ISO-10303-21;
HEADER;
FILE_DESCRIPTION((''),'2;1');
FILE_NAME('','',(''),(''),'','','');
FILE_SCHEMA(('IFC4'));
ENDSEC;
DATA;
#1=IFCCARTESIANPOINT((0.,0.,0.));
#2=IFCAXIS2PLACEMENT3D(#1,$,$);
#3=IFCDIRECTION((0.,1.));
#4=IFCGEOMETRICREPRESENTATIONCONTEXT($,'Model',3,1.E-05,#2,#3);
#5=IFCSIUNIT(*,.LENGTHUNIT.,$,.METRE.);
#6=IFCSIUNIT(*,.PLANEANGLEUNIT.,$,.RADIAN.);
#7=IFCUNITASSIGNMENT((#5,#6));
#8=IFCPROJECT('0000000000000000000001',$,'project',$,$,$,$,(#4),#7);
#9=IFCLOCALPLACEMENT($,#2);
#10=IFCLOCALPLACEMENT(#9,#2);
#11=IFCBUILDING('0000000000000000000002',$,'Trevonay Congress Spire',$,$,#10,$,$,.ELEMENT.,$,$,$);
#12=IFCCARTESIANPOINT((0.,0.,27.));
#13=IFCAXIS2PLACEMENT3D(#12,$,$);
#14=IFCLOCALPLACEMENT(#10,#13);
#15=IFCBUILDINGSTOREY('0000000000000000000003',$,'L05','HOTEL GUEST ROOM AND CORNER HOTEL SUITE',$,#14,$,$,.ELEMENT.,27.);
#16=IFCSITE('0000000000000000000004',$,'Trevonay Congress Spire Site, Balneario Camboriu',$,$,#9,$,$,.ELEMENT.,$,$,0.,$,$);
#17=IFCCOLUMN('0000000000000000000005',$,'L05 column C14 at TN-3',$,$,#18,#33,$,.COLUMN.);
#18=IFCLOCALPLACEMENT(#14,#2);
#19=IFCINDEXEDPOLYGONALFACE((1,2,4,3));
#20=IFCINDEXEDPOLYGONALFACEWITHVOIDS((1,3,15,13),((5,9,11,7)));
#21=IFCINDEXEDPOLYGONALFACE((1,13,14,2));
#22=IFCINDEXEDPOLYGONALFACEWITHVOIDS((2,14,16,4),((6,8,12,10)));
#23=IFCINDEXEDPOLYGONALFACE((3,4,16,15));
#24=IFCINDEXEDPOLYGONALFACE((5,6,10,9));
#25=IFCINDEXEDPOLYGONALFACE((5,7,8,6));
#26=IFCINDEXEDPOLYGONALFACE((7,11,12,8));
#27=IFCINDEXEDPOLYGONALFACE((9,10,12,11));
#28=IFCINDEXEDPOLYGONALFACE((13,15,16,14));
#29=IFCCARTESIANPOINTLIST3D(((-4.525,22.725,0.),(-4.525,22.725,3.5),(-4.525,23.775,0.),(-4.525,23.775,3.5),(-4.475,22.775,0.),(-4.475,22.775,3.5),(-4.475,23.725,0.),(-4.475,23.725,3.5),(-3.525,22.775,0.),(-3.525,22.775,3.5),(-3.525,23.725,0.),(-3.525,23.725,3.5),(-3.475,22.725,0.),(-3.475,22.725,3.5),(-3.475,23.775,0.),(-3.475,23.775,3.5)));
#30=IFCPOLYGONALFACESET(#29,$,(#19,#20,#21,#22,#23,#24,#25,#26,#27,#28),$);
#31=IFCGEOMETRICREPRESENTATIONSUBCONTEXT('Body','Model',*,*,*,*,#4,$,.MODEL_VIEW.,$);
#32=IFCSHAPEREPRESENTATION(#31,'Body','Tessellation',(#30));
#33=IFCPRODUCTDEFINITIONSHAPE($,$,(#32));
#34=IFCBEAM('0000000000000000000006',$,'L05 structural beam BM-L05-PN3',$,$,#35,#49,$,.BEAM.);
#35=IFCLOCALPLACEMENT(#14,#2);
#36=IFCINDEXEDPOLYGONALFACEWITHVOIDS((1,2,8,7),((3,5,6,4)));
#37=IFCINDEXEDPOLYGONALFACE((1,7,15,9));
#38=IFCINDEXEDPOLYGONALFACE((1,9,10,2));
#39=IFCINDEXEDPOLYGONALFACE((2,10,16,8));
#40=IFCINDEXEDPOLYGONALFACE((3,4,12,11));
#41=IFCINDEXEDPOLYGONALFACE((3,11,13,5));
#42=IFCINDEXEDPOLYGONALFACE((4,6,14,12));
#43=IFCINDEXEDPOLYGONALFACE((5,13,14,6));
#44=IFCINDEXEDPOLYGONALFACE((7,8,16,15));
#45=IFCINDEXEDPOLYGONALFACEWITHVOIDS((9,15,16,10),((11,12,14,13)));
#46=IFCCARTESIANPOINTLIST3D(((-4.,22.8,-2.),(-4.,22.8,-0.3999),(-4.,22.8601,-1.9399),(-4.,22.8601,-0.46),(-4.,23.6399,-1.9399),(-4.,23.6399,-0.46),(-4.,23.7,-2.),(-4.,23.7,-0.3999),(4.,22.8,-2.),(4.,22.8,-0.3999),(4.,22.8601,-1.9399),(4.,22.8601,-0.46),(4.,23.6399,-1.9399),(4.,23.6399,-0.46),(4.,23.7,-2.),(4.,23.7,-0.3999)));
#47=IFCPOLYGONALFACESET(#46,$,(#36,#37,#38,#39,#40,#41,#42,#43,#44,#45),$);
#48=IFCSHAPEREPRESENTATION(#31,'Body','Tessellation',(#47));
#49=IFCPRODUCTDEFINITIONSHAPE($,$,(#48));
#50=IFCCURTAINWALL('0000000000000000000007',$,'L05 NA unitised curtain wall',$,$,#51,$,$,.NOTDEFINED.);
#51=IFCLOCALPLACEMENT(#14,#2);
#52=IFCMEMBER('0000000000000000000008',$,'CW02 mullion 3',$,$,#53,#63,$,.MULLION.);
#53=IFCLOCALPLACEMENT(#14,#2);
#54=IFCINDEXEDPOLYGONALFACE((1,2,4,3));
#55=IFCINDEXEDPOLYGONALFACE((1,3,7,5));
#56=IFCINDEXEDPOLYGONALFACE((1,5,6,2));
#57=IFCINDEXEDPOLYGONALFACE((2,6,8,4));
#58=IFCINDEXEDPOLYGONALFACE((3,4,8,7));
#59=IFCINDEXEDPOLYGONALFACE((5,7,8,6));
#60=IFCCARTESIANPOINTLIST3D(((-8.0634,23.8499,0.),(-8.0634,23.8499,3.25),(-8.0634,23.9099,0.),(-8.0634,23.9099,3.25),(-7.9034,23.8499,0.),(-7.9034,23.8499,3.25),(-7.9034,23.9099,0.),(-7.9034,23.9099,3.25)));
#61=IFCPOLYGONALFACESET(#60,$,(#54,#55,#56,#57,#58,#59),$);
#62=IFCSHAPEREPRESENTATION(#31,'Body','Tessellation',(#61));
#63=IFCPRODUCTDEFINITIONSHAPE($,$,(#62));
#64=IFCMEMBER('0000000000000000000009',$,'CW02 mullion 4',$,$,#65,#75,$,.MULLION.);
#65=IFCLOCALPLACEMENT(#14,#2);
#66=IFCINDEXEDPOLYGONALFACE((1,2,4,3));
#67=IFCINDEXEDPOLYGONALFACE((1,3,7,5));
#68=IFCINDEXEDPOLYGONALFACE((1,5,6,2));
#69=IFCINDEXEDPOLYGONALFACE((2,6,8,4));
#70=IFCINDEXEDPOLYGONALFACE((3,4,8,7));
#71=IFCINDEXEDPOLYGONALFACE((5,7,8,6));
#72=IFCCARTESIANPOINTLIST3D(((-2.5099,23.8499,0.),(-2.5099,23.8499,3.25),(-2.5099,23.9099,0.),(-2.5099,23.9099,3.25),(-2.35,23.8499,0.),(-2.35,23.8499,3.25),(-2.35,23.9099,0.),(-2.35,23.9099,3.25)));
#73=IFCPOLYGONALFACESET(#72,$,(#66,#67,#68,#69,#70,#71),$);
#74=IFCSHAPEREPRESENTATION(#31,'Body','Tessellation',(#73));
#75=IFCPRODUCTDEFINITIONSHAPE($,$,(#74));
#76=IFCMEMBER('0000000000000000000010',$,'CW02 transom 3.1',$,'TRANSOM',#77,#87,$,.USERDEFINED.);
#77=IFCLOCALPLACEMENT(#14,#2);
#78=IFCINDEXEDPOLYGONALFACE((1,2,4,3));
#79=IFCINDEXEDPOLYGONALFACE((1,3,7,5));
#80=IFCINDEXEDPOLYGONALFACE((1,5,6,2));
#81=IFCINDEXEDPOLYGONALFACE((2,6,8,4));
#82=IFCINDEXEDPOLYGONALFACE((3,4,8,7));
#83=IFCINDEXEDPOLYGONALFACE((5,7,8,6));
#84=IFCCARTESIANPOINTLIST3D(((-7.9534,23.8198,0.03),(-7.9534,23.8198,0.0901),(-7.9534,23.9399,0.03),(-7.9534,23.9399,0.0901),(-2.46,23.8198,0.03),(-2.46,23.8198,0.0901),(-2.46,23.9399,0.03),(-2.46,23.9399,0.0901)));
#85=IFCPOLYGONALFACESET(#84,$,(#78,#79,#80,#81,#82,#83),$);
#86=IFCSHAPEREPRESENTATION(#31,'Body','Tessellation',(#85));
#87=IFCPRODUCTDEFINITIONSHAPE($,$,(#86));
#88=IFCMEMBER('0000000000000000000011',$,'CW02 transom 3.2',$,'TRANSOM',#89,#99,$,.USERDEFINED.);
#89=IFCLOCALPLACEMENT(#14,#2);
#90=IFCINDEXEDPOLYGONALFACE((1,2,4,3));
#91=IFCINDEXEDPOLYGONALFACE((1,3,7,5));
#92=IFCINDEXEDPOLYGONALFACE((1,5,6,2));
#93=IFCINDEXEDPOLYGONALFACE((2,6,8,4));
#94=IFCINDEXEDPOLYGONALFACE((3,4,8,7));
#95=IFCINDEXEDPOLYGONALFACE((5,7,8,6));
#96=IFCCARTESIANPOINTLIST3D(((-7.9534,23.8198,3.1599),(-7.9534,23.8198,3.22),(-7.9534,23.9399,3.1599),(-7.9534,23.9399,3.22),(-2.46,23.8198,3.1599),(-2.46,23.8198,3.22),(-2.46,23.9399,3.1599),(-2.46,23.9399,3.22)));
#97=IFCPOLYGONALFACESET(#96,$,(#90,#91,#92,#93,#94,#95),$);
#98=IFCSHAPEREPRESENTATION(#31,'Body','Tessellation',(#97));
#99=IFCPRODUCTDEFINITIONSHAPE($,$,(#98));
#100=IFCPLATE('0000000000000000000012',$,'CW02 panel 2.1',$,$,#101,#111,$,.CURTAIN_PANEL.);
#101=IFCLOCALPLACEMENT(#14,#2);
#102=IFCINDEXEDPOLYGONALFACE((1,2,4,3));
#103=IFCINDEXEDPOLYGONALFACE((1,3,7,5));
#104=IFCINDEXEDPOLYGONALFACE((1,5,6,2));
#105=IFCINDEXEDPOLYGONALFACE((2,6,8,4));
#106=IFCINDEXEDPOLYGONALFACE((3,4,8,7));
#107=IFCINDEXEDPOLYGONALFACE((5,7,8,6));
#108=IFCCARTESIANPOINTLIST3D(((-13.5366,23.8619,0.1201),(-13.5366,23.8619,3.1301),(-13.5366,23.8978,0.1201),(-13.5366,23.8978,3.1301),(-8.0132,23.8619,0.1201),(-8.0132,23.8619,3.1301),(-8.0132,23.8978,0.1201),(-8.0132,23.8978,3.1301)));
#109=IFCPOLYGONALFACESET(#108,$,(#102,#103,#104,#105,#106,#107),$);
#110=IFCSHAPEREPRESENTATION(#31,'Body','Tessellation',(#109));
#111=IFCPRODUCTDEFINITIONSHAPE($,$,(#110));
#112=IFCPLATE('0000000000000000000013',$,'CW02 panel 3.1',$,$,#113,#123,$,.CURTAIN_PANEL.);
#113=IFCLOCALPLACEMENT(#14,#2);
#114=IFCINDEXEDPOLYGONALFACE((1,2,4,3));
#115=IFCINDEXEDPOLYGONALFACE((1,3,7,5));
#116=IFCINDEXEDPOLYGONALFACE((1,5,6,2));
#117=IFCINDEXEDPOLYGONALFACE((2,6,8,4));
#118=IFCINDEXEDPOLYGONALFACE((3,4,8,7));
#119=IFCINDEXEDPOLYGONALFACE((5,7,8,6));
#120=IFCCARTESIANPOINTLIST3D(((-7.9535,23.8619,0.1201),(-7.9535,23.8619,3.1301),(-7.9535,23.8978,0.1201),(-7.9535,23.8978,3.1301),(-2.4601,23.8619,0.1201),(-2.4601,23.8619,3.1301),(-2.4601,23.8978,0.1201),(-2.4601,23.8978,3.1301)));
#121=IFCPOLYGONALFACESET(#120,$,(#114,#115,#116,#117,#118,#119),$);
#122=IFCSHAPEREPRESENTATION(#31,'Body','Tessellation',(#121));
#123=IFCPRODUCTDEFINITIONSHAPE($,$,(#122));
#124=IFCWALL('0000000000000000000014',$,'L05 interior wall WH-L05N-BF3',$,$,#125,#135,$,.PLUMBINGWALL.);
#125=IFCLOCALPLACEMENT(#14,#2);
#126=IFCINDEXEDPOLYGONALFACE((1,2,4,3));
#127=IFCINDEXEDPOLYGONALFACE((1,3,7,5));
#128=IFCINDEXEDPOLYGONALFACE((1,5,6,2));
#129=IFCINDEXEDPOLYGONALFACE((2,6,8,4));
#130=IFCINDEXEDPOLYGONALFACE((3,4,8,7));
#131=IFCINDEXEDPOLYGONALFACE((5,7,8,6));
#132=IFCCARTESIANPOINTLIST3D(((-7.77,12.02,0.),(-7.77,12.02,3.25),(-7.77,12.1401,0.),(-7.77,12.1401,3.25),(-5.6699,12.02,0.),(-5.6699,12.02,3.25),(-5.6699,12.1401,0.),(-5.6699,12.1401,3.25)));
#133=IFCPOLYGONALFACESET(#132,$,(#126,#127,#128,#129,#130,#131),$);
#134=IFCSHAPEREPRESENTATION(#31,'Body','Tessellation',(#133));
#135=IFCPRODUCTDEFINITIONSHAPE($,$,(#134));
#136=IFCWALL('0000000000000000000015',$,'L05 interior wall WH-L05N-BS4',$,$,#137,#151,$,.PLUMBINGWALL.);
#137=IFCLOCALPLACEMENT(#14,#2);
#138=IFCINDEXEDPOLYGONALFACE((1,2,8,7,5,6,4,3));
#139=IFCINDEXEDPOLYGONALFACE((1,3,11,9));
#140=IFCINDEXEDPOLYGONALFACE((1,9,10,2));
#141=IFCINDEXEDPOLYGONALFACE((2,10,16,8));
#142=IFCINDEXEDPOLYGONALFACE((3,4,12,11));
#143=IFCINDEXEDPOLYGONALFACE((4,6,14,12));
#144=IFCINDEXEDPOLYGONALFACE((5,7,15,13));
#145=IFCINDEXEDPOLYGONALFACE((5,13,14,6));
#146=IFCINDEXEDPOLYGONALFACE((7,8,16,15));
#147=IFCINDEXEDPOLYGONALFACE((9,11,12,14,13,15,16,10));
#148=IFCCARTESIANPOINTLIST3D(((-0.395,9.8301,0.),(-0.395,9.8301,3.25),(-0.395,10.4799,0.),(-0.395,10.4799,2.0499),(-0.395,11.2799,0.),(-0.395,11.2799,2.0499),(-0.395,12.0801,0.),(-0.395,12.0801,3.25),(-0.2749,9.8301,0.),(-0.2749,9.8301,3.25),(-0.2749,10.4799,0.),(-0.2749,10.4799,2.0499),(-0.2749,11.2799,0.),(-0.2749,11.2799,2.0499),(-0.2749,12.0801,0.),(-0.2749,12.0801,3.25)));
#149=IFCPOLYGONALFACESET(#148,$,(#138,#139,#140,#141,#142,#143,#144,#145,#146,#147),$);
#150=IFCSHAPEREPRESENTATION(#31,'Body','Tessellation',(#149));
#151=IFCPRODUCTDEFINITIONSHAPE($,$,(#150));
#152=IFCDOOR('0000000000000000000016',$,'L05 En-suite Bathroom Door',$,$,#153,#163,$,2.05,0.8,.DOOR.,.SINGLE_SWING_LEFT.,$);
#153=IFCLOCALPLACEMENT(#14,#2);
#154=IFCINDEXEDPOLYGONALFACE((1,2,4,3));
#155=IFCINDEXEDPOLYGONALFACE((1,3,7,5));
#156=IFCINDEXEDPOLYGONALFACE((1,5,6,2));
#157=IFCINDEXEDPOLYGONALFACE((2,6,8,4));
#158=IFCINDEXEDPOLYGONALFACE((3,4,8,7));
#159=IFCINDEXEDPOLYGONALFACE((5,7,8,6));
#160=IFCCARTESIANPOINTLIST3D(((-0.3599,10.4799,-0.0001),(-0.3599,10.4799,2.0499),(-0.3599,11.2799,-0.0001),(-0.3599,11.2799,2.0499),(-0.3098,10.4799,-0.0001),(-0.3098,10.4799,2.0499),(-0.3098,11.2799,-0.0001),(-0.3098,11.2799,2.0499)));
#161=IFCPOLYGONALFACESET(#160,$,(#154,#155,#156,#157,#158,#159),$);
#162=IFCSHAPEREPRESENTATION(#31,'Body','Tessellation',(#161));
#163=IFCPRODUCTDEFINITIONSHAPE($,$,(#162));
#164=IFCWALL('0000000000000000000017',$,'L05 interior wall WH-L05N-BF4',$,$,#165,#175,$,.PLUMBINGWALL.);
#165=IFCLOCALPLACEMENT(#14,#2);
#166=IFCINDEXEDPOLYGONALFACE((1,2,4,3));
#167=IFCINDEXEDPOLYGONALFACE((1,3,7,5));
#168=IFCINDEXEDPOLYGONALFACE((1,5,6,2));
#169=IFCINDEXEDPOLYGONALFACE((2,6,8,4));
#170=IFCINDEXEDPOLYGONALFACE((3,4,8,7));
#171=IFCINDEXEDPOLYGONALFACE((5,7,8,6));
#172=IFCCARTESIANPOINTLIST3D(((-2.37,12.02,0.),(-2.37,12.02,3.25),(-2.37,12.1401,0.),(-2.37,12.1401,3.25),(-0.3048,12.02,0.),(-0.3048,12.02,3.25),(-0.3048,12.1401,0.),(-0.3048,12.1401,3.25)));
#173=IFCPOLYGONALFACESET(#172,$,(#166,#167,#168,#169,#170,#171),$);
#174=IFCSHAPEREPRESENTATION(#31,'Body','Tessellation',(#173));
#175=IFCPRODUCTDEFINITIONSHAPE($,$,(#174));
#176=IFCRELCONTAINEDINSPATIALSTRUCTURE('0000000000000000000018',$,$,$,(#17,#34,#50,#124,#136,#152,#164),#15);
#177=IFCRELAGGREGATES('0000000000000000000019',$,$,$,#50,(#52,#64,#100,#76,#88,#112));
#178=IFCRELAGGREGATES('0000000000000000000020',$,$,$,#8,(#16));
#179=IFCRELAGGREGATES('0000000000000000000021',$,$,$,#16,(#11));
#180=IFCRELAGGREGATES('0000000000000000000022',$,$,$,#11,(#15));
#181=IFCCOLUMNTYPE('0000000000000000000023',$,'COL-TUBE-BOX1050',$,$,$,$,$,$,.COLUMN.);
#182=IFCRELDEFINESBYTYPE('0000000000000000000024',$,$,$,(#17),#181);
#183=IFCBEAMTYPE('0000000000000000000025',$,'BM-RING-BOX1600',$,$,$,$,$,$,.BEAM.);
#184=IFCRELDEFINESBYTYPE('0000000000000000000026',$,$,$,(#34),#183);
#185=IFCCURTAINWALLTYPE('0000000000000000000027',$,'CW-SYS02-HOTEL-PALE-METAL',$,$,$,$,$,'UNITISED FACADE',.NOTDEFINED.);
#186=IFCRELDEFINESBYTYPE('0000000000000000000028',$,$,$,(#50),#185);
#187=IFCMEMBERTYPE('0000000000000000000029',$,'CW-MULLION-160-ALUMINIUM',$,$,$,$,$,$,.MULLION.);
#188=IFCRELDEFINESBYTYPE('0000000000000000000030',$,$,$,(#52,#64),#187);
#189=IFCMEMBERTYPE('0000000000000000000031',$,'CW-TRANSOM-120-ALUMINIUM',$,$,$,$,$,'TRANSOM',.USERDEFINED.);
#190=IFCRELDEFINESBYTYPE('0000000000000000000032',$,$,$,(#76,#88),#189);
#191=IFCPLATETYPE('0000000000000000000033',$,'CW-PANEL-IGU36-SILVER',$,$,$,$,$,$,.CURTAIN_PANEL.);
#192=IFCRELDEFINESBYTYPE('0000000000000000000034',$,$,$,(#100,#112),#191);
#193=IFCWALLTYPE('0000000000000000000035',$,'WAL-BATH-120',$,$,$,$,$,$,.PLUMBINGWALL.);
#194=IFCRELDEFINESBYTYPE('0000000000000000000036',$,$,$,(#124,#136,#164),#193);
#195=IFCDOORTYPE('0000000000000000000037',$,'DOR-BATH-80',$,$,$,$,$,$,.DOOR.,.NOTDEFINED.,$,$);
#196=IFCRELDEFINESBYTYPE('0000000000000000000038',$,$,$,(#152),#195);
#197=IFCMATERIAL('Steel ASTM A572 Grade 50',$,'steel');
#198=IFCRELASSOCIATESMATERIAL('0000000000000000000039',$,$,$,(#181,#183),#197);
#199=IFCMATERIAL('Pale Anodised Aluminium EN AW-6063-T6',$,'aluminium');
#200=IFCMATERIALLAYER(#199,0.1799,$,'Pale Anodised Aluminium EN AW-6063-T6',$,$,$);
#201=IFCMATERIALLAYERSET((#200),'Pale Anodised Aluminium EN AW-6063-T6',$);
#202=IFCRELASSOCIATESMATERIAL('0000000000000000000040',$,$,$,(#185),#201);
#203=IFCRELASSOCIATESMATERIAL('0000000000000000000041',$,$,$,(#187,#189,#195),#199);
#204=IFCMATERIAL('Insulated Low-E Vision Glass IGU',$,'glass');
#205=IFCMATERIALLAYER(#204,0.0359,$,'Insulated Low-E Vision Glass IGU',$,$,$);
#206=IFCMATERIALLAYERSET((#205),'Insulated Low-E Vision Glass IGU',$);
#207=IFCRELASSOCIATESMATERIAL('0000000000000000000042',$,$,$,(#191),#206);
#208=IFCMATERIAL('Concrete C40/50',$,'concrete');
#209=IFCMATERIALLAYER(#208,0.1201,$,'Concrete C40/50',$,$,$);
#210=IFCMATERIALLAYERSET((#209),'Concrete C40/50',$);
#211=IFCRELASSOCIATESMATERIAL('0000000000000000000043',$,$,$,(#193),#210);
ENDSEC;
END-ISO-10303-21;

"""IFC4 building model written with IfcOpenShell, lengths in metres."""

from ifc_helpers import new_model, si_unit, direction, frame, frame_2d, origin, origin_2d, place, context, subcontext, project, spatial, rectangle, hollow_rectangle, extrude, material, layer, layer_set, material_profile, profile_set, type_object, element, fill, aggregate, save


model = new_model("IFC4")

# Units and contexts
model_context = context("Model", 3, precision=1e-05, world=origin(), true_north=direction((0.0, 1.0)))
body_context = subcontext(model_context, "Body", "Model", "MODEL_VIEW")
ifc_project = project(units=[si_unit("LENGTHUNIT", "METRE"), si_unit("PLANEANGLEUNIT", "RADIAN")], contexts=[model_context])

# Site, building, storey
site_placement = place(None, origin())
site = spatial("IfcSite", under=ifc_project, at=site_placement, Name="Trevonay Congress Spire Site, Balneario Camboriu", CompositionType="ELEMENT", RefElevation=0.0)
building_placement = place(site_placement, origin())
building = spatial("IfcBuilding", under=site, at=building_placement, Name="Trevonay Congress Spire", CompositionType="ELEMENT")
storey_placement = place(building_placement, frame((0.0, 0.0, 27.0)))
storey = spatial("IfcBuildingStorey", under=building, at=storey_placement, Name="L05", Description="HOTEL GUEST ROOM AND CORNER HOTEL SUITE", CompositionType="ELEMENT", Elevation=27.0)

# Column
ifc_material_1 = material(Name="Steel ASTM A572 Grade 50", Category="steel")
ifc_material_profile_1 = material_profile(ifc_material_1, hollow_rectangle(XDim=1.05, YDim=1.05, WallThickness=0.05, at=origin_2d()), Name="BOX 1050x1050x50")
ifc_profile_set_1 = profile_set([ifc_material_profile_1], Name="Steel ASTM A572 Grade 50")
column_type = type_object("IfcColumnType", Name="COL-TUBE-BOX1050", PredefinedType="COLUMN", material=ifc_profile_set_1)
column_placement = place(storey_placement, frame((-4.0, 23.25, 0.0), z_axis=(0.0, 0.0, 1.0), x_axis=(1.0, 0.0, 0.0)))
element("IfcColumn", 1, at=column_placement, inside=storey, type_object=column_type, Name="L05 column C14 at TN-3", PredefinedType="COLUMN", context=body_context, shape_type="SweptSolid", body=[
    extrude(hollow_rectangle(XDim=1.05, YDim=1.05, WallThickness=0.05, at=origin_2d()), origin(), (0.0, 0.0, 1.0), 3.5),
])

# Beam
ifc_material_profile_2 = material_profile(ifc_material_1, hollow_rectangle(XDim=0.8999, YDim=1.6001, WallThickness=0.0601, at=origin_2d()), Name="BOX 1600x900x60")
ifc_profile_set_2 = profile_set([ifc_material_profile_2], Name="Steel ASTM A572 Grade 50")
beam_type = type_object("IfcBeamType", Name="BM-RING-BOX1600", PredefinedType="BEAM", material=ifc_profile_set_2)
beam_placement = place(storey_placement, frame((-4.0, 23.25, -1.2), z_axis=(1.0, 0.0, 0.0), x_axis=(0.0, 1.0, 0.0)))
element("IfcBeam", 2, at=beam_placement, inside=storey, type_object=beam_type, Name="L05 structural beam BM-L05-PN3", PredefinedType="BEAM", context=body_context, shape_type="SweptSolid", body=[
    extrude(hollow_rectangle(XDim=0.8999, YDim=1.6001, WallThickness=0.0601, at=origin_2d()), origin(), (0.0, 0.0, 1.0), 8.0),
])

# Curtain wall, members, plates
ifc_material_2 = material(Name="Pale Anodised Aluminium EN AW-6063-T6", Category="aluminium")
ifc_layer_1 = layer(ifc_material_2, 0.1799, Name="Pale Anodised Aluminium EN AW-6063-T6")
ifc_layer_set_1 = layer_set([ifc_layer_1], Name="Pale Anodised Aluminium EN AW-6063-T6")
curtain_wall_type = type_object("IfcCurtainWallType", Name="CW-SYS02-HOTEL-PALE-METAL", ElementType="UNITISED FACADE", PredefinedType="NOTDEFINED", material=ifc_layer_set_1)
curtain_wall_placement = place(storey_placement, origin())
curtain_wall = element("IfcCurtainWall", 3, at=curtain_wall_placement, inside=storey, type_object=curtain_wall_type, Name="L05 NA unitised curtain wall", PredefinedType="NOTDEFINED")
ifc_material_profile_3 = material_profile(ifc_material_2, rectangle(XDim=0.0601, YDim=0.1599, at=origin_2d()), Name="CW-MULLION-160-ALUMINIUM")
ifc_profile_set_3 = profile_set([ifc_material_profile_3], Name="Pale Anodised Aluminium EN AW-6063-T6")
member_type_1 = type_object("IfcMemberType", Name="CW-MULLION-160-ALUMINIUM", PredefinedType="MULLION", material=ifc_profile_set_3)
member_1_placement = place(storey_placement, frame((-7.9834, 23.8799, 0.0), z_axis=(0.0, 0.0, 1.0), x_axis=(0.0, 1.0, 0.0)))
member_1 = element("IfcMember", 4, at=member_1_placement, type_object=member_type_1, Name="CW02 mullion 3", PredefinedType="MULLION", context=body_context, shape_type="SweptSolid", body=[
    extrude(rectangle(XDim=0.0601, YDim=0.1599, at=origin_2d()), origin(), (0.0, 0.0, 1.0), 3.25),
])
member_2_placement = place(storey_placement, frame((-2.4299, 23.8799, 0.0), z_axis=(0.0, 0.0, 1.0), x_axis=(0.0, 1.0, 0.0)))
member_2 = element("IfcMember", 5, at=member_2_placement, type_object=member_type_1, Name="CW02 mullion 4", PredefinedType="MULLION", context=body_context, shape_type="SweptSolid", body=[
    extrude(rectangle(XDim=0.0601, YDim=0.1599, at=origin_2d()), origin(), (0.0, 0.0, 1.0), 3.25),
])
ifc_material_profile_4 = material_profile(ifc_material_2, rectangle(XDim=0.1201, YDim=0.0601, at=origin_2d()), Name="CW-TRANSOM-120-ALUMINIUM")
ifc_profile_set_4 = profile_set([ifc_material_profile_4], Name="Pale Anodised Aluminium EN AW-6063-T6")
member_type_2 = type_object("IfcMemberType", Name="CW-TRANSOM-120-ALUMINIUM", ElementType="TRANSOM", PredefinedType="USERDEFINED", material=ifc_profile_set_4)
member_3_placement = place(storey_placement, frame((-7.9534, 23.8799, 0.0601), z_axis=(1.0, 0.0, 0.0), x_axis=(0.0, 1.0, 0.0)))
member_3 = element("IfcMember", 6, at=member_3_placement, type_object=member_type_2, Name="CW02 transom 3.1", ObjectType="TRANSOM", PredefinedType="USERDEFINED", context=body_context, shape_type="SweptSolid", body=[
    extrude(rectangle(XDim=0.1201, YDim=0.0601, at=origin_2d()), origin(), (0.0, 0.0, 1.0), 5.4934),
])
member_4_placement = place(storey_placement, frame((-7.9534, 23.8799, 3.1899), z_axis=(1.0, 0.0, 0.0), x_axis=(0.0, 1.0, 0.0)))
member_4 = element("IfcMember", 7, at=member_4_placement, type_object=member_type_2, Name="CW02 transom 3.2", ObjectType="TRANSOM", PredefinedType="USERDEFINED", context=body_context, shape_type="SweptSolid", body=[
    extrude(rectangle(XDim=0.1201, YDim=0.0601, at=origin_2d()), origin(), (0.0, 0.0, 1.0), 5.4934),
])
ifc_material_3 = material(Name="Insulated Low-E Vision Glass IGU", Category="glass")
ifc_layer_2 = layer(ifc_material_3, 0.0359, Name="Insulated Low-E Vision Glass IGU")
ifc_layer_set_2 = layer_set([ifc_layer_2], Name="Insulated Low-E Vision Glass IGU")
plate_type = type_object("IfcPlateType", Name="CW-PANEL-IGU36-SILVER", PredefinedType="CURTAIN_PANEL", material=ifc_layer_set_2)
plate_1_placement = place(storey_placement, frame((-10.7749, 23.8799, 0.1201), z_axis=(0.0, 0.0, 1.0), x_axis=(1.0, 0.0, 0.0)))
plate_1 = element("IfcPlate", 8, at=plate_1_placement, type_object=plate_type, Name="CW02 panel 2.1", PredefinedType="CURTAIN_PANEL", context=body_context, shape_type="SweptSolid", body=[
    extrude(rectangle(XDim=5.5234, YDim=0.0359, at=origin_2d()), origin(), (0.0, 0.0, 1.0), 3.01),
])
plate_2_placement = place(storey_placement, frame((-5.2068, 23.8799, 0.1201), z_axis=(0.0, 0.0, 1.0), x_axis=(1.0, 0.0, 0.0)))
plate_2 = element("IfcPlate", 9, at=plate_2_placement, type_object=plate_type, Name="CW02 panel 3.1", PredefinedType="CURTAIN_PANEL", context=body_context, shape_type="SweptSolid", body=[
    extrude(rectangle(XDim=5.4934, YDim=0.0359, at=origin_2d()), origin(), (0.0, 0.0, 1.0), 3.01),
])
aggregate(curtain_wall, [member_1, member_2, plate_1, member_3, member_4, plate_2])

# Wall
ifc_material_4 = material(Name="Concrete C40/50", Category="concrete")
ifc_layer_3 = layer(ifc_material_4, 0.1201, Name="Concrete C40/50")
ifc_layer_set_3 = layer_set([ifc_layer_3], Name="Concrete C40/50")
wall_type_1 = type_object("IfcWallType", Name="WAL-BATH-120", PredefinedType="PLUMBINGWALL", material=ifc_layer_set_3)
wall_1_placement = place(storey_placement, frame((-7.77, 12.0801, 0.0), z_axis=(0.0, 0.0, 1.0), x_axis=(1.0, 0.0, 0.0)))
element("IfcWall", 10, at=wall_1_placement, inside=storey, type_object=wall_type_1, Name="L05 interior wall WH-L05N-BF3", PredefinedType="PLUMBINGWALL", context=body_context, shape_type="SweptSolid", body=[
    extrude(rectangle(XDim=2.1001, YDim=0.1201, at=frame_2d((1.05, 0.0))), origin(), (0.0, 0.0, 1.0), 3.25),
])

# Wall, opening, door
wall_2_placement = place(storey_placement, frame((-0.335, 9.8301, 0.0), z_axis=(0.0, 0.0, 1.0), x_axis=(0.0, 1.0, 0.0)))
wall_2 = element("IfcWall", 11, at=wall_2_placement, inside=storey, type_object=wall_type_1, Name="L05 interior wall WH-L05N-BS4", PredefinedType="PLUMBINGWALL", context=body_context, shape_type="SweptSolid", body=[
    extrude(rectangle(XDim=2.25, YDim=0.1201, at=frame_2d((1.125, 0.0))), origin(), (0.0, 0.0, 1.0), 3.25),
])
opening_1_placement = place(wall_2_placement, frame((0.6499, 0.0, 0.0)))
opening_1 = element("IfcOpeningElement", 12, at=opening_1_placement, cuts=wall_2, PredefinedType="OPENING", context=body_context, shape_type="SweptSolid", body=[
    extrude(rectangle(XDim=0.8, YDim=2.05, at=frame_2d((0.3999, 1.0249))), frame((0.0, 0.0701, 0.0), z_axis=(0.0, -1.0, 0.0), x_axis=(1.0, 0.0, 0.0)), (0.0, 0.0, 1.0), 0.1401),
])
door_type_1 = type_object("IfcDoorType", Name="DOR-BATH-80", OperationType="NOTDEFINED", PredefinedType="DOOR", material=ifc_material_2)
door_1_placement = place(opening_1_placement, origin())
door_1 = element("IfcDoor", 13, at=door_1_placement, inside=storey, type_object=door_type_1, Name="L05 En-suite Bathroom Door", OperationType="SINGLE_SWING_LEFT", OverallHeight=2.05, OverallWidth=0.8, PredefinedType="DOOR", context=body_context, shape_type="SweptSolid", body=[
    extrude(rectangle(XDim=0.8, YDim=2.05, at=frame_2d((0.3999, 1.0249))), frame((0.0, 0.0249, 0.0), z_axis=(0.0, -1.0, 0.0), x_axis=(1.0, 0.0, 0.0)), (0.0, 0.0, 1.0), 0.05),
])
fill(opening_1, door_1)

# Wall
wall_3_placement = place(storey_placement, frame((-2.3701, 12.0801, 0.0), z_axis=(0.0, 0.0, 1.0), x_axis=(1.0, 0.0, 0.0)))
element("IfcWall", 14, at=wall_3_placement, inside=storey, type_object=wall_type_1, Name="L05 interior wall WH-L05N-BF4", PredefinedType="PLUMBINGWALL", context=body_context, shape_type="SweptSolid", body=[
    extrude(rectangle(XDim=2.0652, YDim=0.1201, at=frame_2d((1.0327, 0.0))), origin(), (0.0, 0.0, 1.0), 3.25),
])

save(model, "model.ifc")
